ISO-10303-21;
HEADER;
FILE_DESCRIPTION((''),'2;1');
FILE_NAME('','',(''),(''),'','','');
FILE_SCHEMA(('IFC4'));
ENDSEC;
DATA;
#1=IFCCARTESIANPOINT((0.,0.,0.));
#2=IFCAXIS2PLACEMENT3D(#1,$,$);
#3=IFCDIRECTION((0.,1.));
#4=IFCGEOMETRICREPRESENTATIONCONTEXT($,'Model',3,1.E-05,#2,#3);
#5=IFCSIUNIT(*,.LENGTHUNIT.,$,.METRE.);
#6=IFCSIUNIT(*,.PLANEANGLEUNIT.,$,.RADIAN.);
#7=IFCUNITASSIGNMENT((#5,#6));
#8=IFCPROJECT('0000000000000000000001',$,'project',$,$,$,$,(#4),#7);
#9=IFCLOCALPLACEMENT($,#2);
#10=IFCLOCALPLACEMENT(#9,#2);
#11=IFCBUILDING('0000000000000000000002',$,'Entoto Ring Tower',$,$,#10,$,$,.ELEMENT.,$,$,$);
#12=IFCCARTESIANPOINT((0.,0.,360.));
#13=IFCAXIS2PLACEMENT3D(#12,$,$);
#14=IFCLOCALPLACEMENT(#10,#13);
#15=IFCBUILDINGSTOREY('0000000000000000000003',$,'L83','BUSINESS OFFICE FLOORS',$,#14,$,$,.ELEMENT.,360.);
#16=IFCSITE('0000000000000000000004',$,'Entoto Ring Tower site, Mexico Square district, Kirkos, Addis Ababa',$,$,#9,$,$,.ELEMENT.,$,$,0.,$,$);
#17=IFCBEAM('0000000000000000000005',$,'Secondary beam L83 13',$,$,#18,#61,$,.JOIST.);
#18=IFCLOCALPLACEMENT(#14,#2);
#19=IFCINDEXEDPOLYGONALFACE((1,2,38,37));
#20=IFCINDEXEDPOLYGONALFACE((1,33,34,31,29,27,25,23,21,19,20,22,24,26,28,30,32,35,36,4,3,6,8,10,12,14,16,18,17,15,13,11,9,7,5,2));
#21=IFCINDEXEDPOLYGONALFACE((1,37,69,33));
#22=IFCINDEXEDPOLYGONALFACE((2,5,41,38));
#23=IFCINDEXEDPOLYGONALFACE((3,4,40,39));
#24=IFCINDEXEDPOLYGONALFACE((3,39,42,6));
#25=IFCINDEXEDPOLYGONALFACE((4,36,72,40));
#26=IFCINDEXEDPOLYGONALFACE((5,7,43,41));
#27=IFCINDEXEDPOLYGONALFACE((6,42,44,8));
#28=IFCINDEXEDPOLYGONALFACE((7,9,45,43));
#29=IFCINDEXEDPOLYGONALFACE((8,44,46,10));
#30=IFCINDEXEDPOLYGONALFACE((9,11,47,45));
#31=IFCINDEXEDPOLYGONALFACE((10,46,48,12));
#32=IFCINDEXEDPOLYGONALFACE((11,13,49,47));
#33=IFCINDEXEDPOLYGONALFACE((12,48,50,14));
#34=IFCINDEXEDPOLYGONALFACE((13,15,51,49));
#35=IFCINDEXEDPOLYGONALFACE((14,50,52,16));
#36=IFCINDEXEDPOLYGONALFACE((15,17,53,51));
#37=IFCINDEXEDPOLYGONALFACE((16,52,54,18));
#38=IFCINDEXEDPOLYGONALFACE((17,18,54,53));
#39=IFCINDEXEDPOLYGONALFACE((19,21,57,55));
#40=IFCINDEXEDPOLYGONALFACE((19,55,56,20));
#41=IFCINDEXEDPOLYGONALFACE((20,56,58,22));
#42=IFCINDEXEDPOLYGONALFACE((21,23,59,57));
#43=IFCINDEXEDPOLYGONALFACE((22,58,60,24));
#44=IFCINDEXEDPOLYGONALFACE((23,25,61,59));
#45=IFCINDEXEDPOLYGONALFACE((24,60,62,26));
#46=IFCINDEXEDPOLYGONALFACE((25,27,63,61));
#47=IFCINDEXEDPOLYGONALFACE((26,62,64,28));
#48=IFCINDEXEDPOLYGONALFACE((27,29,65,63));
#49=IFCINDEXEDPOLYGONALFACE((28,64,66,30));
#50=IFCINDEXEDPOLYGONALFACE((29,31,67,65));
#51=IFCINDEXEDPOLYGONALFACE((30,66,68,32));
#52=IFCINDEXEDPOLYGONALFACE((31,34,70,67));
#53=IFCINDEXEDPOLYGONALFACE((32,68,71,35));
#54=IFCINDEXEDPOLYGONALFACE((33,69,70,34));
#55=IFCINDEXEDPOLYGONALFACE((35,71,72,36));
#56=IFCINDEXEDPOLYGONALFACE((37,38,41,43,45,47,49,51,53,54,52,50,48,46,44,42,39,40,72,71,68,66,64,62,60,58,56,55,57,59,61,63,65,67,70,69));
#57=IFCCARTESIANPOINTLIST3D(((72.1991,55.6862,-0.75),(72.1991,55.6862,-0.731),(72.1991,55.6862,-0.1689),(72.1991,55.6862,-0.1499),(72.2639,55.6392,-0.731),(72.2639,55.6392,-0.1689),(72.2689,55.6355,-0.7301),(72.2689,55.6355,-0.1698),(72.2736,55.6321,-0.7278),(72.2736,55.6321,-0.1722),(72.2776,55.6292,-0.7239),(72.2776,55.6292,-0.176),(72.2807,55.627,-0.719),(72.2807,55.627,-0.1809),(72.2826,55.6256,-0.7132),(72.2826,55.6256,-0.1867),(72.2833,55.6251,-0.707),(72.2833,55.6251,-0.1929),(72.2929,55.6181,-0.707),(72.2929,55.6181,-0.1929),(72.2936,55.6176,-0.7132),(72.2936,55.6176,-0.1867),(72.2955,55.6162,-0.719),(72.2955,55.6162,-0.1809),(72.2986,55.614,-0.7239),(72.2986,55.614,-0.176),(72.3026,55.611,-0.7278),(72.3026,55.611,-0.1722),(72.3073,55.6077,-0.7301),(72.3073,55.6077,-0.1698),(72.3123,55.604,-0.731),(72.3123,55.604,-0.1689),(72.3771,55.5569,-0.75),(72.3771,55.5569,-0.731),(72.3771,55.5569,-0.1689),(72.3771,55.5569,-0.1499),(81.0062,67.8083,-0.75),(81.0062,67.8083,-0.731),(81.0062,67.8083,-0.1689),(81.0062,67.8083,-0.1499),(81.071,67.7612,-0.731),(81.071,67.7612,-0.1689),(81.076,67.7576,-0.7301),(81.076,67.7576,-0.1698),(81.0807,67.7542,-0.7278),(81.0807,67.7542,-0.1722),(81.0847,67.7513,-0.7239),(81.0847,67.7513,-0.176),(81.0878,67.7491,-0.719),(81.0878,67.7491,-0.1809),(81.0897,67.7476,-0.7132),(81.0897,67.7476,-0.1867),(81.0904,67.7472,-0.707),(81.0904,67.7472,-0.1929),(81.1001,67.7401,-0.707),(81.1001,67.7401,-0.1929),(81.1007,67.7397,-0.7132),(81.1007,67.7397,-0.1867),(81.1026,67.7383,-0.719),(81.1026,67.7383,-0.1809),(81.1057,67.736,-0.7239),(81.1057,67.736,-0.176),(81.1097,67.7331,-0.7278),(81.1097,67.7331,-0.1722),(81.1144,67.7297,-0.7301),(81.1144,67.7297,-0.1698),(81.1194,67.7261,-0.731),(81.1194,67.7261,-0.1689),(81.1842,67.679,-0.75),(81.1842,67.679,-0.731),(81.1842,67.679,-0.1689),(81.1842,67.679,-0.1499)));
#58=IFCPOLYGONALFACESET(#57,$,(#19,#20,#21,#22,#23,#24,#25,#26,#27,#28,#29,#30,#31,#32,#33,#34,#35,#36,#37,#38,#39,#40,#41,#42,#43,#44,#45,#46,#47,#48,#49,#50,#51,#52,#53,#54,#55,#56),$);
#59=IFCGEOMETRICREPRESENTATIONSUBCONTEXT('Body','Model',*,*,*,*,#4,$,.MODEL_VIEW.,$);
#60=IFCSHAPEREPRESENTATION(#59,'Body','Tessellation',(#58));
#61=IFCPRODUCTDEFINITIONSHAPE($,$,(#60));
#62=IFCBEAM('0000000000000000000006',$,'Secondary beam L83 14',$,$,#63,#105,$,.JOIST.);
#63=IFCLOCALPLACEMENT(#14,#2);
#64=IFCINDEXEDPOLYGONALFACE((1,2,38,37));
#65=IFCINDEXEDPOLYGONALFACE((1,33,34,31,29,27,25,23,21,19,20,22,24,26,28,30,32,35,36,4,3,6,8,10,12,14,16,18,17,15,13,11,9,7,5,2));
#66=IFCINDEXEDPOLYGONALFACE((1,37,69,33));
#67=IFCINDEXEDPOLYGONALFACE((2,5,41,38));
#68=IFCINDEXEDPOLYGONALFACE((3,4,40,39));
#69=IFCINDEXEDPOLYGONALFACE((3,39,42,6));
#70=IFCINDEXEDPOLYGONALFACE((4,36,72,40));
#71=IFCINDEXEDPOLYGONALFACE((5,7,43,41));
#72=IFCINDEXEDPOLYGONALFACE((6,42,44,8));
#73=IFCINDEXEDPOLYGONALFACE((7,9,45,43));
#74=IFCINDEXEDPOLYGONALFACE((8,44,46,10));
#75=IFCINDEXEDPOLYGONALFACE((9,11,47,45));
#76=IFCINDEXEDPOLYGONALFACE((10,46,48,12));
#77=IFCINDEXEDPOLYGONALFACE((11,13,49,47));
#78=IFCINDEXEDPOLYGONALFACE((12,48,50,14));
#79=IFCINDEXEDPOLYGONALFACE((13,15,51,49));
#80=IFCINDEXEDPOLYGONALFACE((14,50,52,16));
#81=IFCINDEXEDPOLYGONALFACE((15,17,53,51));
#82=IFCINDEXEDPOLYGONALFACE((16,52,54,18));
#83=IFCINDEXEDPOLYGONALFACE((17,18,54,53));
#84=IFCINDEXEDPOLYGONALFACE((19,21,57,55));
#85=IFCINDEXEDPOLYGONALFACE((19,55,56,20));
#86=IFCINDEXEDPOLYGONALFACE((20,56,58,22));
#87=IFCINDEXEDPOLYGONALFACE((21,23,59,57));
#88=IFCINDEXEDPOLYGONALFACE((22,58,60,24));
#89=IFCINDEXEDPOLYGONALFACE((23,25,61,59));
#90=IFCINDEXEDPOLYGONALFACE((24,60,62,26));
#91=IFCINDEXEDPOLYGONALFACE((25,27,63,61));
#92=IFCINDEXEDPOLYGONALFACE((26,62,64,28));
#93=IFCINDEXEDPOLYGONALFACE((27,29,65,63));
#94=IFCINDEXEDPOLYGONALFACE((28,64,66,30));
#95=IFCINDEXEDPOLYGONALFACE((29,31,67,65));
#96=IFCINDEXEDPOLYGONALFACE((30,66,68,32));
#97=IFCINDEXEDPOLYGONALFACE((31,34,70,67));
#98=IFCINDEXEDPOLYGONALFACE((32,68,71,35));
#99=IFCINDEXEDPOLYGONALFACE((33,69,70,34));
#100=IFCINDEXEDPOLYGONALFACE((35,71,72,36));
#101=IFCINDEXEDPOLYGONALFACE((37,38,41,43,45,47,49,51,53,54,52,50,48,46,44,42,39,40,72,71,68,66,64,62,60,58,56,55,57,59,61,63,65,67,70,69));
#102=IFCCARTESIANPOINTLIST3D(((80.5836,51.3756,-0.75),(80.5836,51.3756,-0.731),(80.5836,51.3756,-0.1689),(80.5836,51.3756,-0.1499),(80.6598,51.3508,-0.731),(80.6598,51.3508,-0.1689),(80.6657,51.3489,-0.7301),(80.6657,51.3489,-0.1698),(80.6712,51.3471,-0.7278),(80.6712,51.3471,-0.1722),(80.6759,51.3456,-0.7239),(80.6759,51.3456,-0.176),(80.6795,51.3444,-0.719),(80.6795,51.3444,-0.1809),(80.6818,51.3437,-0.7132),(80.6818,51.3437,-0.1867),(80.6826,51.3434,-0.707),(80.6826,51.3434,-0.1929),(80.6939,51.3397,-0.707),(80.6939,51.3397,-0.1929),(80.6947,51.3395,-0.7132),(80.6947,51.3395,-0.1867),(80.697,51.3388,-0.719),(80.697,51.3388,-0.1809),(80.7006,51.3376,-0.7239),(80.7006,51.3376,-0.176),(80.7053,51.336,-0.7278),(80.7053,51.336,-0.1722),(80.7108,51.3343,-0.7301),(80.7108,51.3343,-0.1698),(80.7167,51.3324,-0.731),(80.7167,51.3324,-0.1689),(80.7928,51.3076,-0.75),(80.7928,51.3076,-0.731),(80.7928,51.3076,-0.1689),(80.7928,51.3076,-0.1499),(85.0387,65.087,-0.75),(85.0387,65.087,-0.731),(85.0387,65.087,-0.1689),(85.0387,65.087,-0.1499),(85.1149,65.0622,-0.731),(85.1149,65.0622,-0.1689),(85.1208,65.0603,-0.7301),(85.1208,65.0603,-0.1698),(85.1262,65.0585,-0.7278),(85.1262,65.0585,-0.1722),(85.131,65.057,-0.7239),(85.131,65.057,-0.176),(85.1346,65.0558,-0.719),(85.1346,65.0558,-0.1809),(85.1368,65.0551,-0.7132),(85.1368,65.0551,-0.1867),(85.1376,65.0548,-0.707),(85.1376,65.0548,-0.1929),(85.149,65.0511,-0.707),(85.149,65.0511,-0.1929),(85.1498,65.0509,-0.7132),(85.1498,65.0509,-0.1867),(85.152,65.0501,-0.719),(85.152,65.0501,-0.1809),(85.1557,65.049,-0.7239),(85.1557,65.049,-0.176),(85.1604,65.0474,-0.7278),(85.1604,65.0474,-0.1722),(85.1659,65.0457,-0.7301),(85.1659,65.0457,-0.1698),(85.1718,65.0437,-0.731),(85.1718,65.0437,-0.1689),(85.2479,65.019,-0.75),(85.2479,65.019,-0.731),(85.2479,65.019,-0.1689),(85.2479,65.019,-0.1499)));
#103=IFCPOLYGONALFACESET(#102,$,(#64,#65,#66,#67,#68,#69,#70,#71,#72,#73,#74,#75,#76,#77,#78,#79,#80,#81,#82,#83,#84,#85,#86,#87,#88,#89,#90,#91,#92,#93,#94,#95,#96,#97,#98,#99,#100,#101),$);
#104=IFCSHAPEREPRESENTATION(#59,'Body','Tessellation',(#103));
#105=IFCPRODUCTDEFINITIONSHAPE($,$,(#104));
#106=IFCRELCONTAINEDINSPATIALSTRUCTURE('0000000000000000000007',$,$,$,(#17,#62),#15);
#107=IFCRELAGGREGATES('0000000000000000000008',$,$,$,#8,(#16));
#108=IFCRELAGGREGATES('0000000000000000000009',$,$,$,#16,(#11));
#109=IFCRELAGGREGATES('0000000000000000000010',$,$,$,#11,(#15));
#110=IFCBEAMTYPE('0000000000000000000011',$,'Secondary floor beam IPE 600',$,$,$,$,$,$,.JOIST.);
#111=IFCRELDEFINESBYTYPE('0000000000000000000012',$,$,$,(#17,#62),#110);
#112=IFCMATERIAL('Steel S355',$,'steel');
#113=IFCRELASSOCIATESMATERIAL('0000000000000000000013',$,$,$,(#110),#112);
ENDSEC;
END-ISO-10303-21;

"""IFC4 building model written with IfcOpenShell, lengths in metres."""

from ifc_helpers import new_model, si_unit, direction, frame, origin, origin_2d, place, context, subcontext, project, spatial, i_section, extrude, material, material_profile, profile_set, type_object, element, save


model = new_model("IFC4")

# Units and contexts
model_context = context("Model", 3, precision=1e-05, world=origin(), true_north=direction((0.0, 1.0)))
body_context = subcontext(model_context, "Body", "Model", "MODEL_VIEW")
ifc_project = project(units=[si_unit("LENGTHUNIT", "METRE"), si_unit("PLANEANGLEUNIT", "RADIAN")], contexts=[model_context])

# Site, building, storey
site_placement = place(None, origin())
site = spatial("IfcSite", under=ifc_project, at=site_placement, Name="Entoto Ring Tower site, Mexico Square district, Kirkos, Addis Ababa", CompositionType="ELEMENT", RefElevation=0.0)
building_placement = place(site_placement, origin())
building = spatial("IfcBuilding", under=site, at=building_placement, Name="Entoto Ring Tower", CompositionType="ELEMENT")
storey_placement = place(building_placement, frame((0.0, 0.0, 360.0)))
storey = spatial("IfcBuildingStorey", under=building, at=storey_placement, Name="L83", Description="BUSINESS OFFICE FLOORS", CompositionType="ELEMENT", Elevation=360.0)

# Beams
ifc_material_1 = material(Name="Steel S355", Category="steel")
ifc_material_profile_1 = material_profile(ifc_material_1, i_section(OverallWidth=0.22, OverallDepth=0.6001, WebThickness=0.012, FlangeThickness=0.019, FilletRadius=0.0239, at=origin_2d()), Name="IPE 600")
ifc_profile_set_1 = profile_set([ifc_material_profile_1], Name="Steel S355")
beam_type_1 = type_object("IfcBeamType", Name="Secondary floor beam IPE 600", PredefinedType="JOIST", material=ifc_profile_set_1)
for number, where, z_axis, x_axis, name in (
    (1, (81.0952, 67.7437, -0.45), (-0.587782, -0.809019, 0.0), (0.809019, -0.587782, 0.0), "Secondary beam L83 13"),
):
    element("IfcBeam", number, at=place(storey_placement, frame(where, z_axis=z_axis, x_axis=x_axis)), inside=storey, type_object=beam_type_1, Name=name, PredefinedType="JOIST", context=body_context, shape_type="SweptSolid", body=[
        extrude(i_section(OverallWidth=0.22, OverallDepth=0.6001, WebThickness=0.012, FlangeThickness=0.019, FilletRadius=0.0239, at=origin_2d()), origin(), (0.0, 0.0, 1.0), 14.9836),
    ])
beam_1_placement = place(storey_placement, frame((85.1433, 65.053, -0.45), z_axis=(-0.309015, -0.951057, 0.0), x_axis=(0.951057, -0.309015, 0.0)))
element("IfcBeam", 2, at=beam_1_placement, inside=storey, type_object=beam_type_1, Name="Secondary beam L83 14", PredefinedType="JOIST", context=body_context, shape_type="SweptSolid", body=[
    extrude(i_section(OverallWidth=0.22, OverallDepth=0.6001, WebThickness=0.012, FlangeThickness=0.019, FilletRadius=0.0239, at=origin_2d()), origin(), (0.0, 0.0, 1.0), 14.417),
])

save(model, "model.ifc")
